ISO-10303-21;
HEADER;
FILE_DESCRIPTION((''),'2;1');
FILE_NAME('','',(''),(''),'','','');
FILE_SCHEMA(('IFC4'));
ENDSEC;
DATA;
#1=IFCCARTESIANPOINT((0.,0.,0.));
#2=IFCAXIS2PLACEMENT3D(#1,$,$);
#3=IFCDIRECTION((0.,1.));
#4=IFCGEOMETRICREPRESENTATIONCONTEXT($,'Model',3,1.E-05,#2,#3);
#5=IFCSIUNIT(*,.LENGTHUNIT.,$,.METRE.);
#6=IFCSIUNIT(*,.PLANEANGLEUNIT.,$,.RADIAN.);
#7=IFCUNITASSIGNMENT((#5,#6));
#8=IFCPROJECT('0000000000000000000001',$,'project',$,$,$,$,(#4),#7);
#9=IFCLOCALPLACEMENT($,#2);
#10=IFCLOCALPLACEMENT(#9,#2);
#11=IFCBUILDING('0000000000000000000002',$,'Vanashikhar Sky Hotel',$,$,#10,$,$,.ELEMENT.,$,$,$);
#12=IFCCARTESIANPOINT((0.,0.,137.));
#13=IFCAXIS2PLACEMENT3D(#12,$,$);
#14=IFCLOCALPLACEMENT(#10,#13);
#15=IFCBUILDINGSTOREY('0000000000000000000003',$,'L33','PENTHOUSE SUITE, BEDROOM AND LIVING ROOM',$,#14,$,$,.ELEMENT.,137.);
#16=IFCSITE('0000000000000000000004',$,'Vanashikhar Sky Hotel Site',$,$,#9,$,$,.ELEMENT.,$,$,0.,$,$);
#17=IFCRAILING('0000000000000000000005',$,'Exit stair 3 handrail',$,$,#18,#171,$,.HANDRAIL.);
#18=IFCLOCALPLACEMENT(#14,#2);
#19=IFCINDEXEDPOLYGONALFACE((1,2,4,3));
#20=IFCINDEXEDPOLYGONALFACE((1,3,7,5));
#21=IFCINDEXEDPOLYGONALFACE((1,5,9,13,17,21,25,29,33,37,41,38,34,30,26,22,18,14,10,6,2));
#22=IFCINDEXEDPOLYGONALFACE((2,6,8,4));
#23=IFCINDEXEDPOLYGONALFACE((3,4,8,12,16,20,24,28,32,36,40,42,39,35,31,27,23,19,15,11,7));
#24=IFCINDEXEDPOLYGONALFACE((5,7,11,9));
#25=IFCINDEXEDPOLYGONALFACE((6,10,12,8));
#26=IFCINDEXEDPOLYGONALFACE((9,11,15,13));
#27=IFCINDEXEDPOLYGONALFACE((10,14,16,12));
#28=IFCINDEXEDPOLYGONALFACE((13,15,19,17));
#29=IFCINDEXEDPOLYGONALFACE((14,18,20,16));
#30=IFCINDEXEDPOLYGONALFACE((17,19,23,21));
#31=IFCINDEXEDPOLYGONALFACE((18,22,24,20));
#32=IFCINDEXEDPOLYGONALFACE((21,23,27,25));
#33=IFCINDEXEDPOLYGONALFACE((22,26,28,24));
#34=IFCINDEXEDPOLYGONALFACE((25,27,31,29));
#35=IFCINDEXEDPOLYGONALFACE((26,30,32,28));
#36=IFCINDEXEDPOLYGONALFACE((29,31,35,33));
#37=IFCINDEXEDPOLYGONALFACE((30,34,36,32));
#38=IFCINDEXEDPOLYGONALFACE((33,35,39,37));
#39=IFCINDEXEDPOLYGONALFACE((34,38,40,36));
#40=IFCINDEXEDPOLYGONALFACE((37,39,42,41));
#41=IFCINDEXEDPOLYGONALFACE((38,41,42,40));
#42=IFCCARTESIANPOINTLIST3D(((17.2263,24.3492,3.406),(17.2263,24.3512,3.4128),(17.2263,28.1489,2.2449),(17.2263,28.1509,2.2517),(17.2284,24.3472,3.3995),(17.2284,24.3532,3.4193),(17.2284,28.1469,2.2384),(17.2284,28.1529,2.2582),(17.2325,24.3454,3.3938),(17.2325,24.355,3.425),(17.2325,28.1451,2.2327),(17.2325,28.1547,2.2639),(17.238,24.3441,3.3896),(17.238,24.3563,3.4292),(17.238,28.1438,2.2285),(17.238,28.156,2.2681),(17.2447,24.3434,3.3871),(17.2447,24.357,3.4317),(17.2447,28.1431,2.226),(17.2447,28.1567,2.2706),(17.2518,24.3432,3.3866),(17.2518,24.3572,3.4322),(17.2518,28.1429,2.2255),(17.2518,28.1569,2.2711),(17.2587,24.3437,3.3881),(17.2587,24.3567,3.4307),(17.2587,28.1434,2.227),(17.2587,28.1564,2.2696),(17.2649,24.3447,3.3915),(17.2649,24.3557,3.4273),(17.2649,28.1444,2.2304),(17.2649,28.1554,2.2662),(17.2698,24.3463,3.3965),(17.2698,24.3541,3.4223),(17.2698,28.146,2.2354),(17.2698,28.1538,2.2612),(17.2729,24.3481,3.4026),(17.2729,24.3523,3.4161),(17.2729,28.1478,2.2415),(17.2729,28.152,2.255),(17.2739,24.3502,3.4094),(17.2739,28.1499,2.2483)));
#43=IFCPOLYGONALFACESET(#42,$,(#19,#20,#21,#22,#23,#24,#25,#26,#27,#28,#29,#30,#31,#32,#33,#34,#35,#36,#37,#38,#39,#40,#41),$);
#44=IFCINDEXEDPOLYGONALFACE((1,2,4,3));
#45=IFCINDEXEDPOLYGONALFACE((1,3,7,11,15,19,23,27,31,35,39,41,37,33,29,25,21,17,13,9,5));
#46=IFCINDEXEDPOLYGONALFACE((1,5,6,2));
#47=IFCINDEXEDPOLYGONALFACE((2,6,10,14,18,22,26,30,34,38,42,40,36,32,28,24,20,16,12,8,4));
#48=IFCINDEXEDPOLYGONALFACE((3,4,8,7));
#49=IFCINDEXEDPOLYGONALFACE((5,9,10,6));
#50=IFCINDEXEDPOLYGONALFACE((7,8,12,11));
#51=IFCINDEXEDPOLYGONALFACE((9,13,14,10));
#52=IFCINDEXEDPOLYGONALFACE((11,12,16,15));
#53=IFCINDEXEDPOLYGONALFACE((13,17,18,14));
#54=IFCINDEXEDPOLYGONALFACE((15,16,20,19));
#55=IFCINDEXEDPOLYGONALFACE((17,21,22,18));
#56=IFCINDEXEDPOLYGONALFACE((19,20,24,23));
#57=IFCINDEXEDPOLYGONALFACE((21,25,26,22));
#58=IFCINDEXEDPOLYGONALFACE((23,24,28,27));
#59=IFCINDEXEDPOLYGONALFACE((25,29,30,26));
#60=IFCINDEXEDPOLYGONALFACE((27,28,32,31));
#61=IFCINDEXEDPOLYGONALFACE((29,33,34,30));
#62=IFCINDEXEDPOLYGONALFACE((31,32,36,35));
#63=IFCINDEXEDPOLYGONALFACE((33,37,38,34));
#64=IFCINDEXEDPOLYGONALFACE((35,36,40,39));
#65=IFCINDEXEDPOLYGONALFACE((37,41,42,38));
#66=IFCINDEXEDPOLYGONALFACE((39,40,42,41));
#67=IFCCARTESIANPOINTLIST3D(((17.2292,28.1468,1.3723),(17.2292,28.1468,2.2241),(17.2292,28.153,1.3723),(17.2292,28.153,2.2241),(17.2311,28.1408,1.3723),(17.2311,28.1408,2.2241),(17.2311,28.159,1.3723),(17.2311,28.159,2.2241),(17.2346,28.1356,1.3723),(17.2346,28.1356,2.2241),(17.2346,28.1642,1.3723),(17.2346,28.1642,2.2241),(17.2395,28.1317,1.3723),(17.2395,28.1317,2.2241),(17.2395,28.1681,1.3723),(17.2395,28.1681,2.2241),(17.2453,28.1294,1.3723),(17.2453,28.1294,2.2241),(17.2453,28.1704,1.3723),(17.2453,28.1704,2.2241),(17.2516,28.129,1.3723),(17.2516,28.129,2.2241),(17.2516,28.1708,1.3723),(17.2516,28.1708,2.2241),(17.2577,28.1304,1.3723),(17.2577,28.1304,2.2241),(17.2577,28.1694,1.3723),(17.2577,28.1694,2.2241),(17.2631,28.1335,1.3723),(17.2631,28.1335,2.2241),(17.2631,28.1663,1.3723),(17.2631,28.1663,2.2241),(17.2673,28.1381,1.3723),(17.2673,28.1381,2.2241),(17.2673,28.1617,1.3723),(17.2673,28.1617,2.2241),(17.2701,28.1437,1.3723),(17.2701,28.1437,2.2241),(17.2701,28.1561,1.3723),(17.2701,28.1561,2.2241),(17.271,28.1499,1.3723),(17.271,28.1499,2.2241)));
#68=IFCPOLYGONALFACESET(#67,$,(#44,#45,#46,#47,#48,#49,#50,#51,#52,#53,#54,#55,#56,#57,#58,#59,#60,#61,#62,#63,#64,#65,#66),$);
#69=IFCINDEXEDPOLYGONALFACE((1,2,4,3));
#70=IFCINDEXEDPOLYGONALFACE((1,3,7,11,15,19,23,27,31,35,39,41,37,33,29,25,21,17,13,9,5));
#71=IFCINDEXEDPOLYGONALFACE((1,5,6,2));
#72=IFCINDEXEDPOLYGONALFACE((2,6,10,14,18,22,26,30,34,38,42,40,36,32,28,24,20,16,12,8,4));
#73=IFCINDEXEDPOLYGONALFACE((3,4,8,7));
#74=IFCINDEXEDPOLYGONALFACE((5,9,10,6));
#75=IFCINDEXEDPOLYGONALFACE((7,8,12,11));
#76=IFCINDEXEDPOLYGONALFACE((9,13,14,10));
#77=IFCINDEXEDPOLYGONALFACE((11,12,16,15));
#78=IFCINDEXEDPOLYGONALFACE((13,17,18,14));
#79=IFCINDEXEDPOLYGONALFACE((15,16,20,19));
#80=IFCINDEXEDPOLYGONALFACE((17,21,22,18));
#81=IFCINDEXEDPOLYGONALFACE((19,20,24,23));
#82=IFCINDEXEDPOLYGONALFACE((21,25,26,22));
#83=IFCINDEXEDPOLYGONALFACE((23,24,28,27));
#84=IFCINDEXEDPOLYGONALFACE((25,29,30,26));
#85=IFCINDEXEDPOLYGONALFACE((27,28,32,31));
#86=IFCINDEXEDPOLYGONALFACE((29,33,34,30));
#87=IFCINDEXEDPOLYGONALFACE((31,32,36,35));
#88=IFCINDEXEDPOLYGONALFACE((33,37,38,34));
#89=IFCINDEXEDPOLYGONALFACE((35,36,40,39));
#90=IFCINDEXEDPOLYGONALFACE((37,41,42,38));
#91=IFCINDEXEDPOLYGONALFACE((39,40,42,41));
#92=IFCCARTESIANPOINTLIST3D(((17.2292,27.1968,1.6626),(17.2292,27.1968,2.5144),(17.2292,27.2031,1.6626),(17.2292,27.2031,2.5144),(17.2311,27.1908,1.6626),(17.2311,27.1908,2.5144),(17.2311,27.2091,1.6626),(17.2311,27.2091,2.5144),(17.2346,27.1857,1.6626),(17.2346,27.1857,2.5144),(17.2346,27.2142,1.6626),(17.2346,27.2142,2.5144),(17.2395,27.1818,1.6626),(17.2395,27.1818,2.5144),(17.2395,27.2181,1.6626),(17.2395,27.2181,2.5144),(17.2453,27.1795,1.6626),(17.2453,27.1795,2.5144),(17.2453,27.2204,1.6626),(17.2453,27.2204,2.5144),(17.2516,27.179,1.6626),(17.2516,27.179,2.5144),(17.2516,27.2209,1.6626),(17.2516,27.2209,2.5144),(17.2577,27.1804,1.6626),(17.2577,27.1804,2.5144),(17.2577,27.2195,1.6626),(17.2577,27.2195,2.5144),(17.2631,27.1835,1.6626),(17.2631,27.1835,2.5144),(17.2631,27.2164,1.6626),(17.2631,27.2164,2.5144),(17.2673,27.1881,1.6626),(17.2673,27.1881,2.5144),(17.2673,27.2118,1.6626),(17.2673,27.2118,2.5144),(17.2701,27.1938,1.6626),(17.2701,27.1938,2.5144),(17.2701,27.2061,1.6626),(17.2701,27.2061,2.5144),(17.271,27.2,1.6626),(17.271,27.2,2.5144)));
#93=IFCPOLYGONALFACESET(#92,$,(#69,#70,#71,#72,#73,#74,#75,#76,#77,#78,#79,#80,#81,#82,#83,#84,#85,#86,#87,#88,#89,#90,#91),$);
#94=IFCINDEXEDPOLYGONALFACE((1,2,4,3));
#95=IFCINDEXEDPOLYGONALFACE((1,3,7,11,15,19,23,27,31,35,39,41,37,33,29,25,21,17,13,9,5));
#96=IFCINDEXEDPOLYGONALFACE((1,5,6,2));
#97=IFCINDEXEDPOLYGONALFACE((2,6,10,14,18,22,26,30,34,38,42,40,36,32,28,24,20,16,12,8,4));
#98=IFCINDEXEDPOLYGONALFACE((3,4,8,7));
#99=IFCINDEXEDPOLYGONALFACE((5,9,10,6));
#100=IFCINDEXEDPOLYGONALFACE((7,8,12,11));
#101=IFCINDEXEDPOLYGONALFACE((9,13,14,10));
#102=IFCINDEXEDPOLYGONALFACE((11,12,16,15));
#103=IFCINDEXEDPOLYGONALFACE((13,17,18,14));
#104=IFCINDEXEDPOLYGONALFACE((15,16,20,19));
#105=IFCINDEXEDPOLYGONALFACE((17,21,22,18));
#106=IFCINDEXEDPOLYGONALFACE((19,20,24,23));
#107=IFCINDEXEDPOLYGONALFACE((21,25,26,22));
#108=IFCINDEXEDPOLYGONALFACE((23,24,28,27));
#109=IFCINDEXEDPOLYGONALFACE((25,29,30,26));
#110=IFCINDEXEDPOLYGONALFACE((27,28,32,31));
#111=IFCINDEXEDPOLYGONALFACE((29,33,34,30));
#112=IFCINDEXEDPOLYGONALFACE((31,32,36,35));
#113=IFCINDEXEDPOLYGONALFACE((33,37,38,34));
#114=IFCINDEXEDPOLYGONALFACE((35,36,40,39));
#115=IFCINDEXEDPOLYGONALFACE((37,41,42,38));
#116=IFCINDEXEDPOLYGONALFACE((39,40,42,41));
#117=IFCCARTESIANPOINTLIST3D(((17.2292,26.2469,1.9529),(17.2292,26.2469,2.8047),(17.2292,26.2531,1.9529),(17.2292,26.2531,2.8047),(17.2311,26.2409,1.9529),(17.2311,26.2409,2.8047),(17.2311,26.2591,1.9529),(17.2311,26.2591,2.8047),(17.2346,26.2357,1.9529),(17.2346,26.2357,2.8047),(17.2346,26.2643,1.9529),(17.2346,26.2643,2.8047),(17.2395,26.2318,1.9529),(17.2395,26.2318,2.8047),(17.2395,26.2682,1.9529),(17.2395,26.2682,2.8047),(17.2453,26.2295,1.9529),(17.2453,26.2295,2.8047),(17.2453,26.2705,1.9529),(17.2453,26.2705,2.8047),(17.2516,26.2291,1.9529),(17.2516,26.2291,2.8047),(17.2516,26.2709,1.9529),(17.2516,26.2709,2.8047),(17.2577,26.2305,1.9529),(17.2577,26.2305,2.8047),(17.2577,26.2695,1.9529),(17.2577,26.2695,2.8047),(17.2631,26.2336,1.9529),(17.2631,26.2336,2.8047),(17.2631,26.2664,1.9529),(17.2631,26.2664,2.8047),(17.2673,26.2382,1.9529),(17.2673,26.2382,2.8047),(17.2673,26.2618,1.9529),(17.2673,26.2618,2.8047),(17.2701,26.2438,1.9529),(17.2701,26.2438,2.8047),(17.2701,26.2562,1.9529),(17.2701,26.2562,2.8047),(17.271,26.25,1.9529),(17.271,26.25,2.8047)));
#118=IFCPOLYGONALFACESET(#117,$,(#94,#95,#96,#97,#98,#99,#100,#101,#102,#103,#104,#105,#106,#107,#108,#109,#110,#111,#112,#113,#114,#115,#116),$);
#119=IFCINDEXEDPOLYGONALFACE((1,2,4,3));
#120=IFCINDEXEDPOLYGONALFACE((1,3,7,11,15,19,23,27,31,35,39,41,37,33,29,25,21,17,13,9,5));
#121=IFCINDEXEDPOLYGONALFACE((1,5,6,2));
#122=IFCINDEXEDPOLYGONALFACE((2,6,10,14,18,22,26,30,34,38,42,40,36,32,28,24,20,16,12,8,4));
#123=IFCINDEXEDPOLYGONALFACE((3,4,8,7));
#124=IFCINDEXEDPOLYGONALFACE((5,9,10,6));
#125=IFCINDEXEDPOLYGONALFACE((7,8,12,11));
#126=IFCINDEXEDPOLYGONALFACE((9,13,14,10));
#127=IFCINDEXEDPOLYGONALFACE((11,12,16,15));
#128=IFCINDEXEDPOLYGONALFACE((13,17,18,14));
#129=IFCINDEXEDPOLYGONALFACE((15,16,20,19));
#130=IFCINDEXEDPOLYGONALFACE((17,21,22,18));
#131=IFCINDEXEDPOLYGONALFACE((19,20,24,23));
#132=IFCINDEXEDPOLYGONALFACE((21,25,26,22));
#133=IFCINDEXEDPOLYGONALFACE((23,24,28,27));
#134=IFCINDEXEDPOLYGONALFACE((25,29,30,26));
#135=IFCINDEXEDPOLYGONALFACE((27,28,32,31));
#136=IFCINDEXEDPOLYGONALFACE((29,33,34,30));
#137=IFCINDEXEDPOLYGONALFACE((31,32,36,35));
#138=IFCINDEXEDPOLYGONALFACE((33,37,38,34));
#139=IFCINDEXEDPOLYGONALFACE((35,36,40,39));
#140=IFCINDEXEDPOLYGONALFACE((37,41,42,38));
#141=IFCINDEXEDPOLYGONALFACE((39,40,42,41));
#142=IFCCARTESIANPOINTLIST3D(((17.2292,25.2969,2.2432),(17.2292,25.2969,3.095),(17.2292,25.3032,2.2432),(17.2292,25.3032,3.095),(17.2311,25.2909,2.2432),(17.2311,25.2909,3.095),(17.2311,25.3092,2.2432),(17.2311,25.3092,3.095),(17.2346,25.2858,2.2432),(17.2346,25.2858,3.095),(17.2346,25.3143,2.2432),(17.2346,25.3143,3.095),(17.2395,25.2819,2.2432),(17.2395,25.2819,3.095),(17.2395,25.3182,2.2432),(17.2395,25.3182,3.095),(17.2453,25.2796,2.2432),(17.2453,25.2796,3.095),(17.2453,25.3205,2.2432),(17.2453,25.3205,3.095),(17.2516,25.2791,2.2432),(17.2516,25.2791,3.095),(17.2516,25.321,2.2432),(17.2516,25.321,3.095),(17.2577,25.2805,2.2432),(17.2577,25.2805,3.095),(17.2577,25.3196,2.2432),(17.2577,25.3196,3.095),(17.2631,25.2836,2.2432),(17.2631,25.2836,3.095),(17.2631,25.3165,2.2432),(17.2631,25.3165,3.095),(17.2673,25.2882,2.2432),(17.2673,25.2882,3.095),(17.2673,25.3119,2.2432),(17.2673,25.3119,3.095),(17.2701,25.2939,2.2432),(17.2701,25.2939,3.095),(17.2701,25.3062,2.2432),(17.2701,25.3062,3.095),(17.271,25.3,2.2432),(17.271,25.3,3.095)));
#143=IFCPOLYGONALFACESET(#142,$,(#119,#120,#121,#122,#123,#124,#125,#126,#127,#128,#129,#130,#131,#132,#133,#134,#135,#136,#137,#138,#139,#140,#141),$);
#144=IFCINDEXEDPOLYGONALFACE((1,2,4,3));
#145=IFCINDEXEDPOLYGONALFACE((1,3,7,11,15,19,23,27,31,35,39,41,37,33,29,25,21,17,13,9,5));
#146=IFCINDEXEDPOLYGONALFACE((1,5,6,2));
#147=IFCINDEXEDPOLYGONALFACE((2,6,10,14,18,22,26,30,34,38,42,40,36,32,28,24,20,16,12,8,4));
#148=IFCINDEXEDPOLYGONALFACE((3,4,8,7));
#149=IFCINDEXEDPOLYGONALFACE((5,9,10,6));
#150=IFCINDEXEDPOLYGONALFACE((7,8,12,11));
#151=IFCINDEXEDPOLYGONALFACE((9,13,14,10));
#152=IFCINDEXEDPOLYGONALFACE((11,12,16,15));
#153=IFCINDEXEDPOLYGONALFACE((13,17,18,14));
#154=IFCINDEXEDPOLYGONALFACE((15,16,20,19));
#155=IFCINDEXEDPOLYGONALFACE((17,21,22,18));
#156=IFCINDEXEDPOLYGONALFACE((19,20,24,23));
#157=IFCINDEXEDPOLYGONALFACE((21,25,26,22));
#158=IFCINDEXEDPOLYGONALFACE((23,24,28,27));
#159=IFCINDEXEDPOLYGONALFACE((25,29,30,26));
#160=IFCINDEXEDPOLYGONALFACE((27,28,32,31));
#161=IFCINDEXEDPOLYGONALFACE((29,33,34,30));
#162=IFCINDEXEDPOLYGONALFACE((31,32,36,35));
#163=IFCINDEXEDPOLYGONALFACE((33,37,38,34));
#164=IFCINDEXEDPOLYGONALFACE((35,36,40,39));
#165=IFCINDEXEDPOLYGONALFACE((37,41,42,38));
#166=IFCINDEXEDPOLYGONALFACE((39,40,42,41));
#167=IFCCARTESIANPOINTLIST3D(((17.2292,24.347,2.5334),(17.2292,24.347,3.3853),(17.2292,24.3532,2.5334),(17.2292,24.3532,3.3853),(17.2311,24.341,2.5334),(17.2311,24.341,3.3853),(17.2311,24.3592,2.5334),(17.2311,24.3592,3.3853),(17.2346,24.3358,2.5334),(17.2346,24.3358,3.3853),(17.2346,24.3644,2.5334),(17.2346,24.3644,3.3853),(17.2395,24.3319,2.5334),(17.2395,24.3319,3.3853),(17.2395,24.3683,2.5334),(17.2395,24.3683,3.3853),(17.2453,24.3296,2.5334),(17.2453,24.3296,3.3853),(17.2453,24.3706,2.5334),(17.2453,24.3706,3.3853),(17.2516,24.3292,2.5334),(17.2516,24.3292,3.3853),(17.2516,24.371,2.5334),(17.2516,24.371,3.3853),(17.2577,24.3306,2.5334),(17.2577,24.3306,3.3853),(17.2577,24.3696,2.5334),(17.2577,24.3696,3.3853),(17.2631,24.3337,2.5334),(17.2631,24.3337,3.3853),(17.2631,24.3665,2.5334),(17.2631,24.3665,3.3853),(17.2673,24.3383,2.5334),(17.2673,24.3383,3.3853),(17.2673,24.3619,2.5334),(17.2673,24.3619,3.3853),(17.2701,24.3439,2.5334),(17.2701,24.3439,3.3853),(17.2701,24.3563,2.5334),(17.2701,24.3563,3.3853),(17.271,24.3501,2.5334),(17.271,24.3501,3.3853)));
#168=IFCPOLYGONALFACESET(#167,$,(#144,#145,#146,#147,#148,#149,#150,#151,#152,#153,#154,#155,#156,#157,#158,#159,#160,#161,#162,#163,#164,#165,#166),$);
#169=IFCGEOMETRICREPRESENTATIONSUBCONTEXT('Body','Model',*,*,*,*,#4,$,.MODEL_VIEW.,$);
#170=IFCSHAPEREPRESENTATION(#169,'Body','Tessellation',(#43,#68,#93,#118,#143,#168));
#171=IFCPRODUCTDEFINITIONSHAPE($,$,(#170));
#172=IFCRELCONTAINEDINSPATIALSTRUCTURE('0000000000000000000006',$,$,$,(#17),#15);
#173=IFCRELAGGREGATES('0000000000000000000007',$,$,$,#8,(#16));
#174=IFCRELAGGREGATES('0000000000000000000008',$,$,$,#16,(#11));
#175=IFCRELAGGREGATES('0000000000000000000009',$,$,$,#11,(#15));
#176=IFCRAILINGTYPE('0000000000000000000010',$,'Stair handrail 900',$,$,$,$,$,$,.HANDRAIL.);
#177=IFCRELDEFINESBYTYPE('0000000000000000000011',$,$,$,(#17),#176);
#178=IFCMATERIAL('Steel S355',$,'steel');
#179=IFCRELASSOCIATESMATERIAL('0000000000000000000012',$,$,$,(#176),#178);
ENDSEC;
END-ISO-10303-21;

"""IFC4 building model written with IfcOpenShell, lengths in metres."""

from ifc_helpers import new_model, si_unit, direction, frame, origin, origin_2d, place, context, subcontext, project, spatial, circle, extrude, source, transform, mapped, material, type_object, element, save


model = new_model("IFC4")

# Units and contexts
model_context = context("Model", 3, precision=1e-05, world=origin(), true_north=direction((0.0, 1.0)))
body_context = subcontext(model_context, "Body", "Model", "MODEL_VIEW")
ifc_project = project(units=[si_unit("LENGTHUNIT", "METRE"), si_unit("PLANEANGLEUNIT", "RADIAN")], contexts=[model_context])

# Site, building, storey
site_placement = place(None, origin())
site = spatial("IfcSite", under=ifc_project, at=site_placement, Name="Vanashikhar Sky Hotel Site", CompositionType="ELEMENT", RefElevation=0.0)
building_placement = place(site_placement, origin())
building = spatial("IfcBuilding", under=site, at=building_placement, Name="Vanashikhar Sky Hotel", CompositionType="ELEMENT")
storey_placement = place(building_placement, frame((0.0, 0.0, 137.0)))
storey = spatial("IfcBuildingStorey", under=building, at=storey_placement, Name="L33", Description="PENTHOUSE SUITE, BEDROOM AND LIVING ROOM", CompositionType="ELEMENT", Elevation=137.0)

# Railing
ifc_material_1 = material(Name="Steel S355", Category="steel")
railing_type_1 = type_object("IfcRailingType", Name="Stair handrail 900", PredefinedType="HANDRAIL", material=ifc_material_1)
shared_shape_1 = source(origin(), body_context, "Body", "SweptSolid", [
    extrude(circle(Radius=0.0239, at=origin_2d()), frame((0.0, 0.0, 0.876), z_axis=(0.0, -0.956346, 0.292237), x_axis=(1.0, 0.0, 0.0)), (0.0, 0.0, 1.0), 3.9731),
    extrude(circle(Radius=0.021, at=origin_2d()), origin(), (0.0, 0.0, 1.0), 0.8518),
    extrude(circle(Radius=0.021, at=origin_2d()), frame((0.0, -0.95, 0.2903)), (0.0, 0.0, 1.0), 0.8518),
    extrude(circle(Radius=0.021, at=origin_2d()), frame((0.0, -1.8999, 0.5806)), (0.0, 0.0, 1.0), 0.8518),
    extrude(circle(Radius=0.021, at=origin_2d()), frame((0.0, -2.8499, 0.8708)), (0.0, 0.0, 1.0), 0.8518),
    extrude(circle(Radius=0.021, at=origin_2d()), frame((0.0, -3.7998, 1.1611)), (0.0, 0.0, 1.0), 0.8518),
])
railing_1_placement = place(storey_placement, frame((17.25, 28.1499, 1.3723)))
element("IfcRailing", 1, at=railing_1_placement, inside=storey, type_object=railing_type_1, Name="Exit stair 3 handrail", PredefinedType="HANDRAIL", context=body_context, shape_type="MappedRepresentation", body=[
    mapped(shared_shape_1, transform((0.0, 0.0, 0.0), scale=1.0)),
])

save(model, "model.ifc")
